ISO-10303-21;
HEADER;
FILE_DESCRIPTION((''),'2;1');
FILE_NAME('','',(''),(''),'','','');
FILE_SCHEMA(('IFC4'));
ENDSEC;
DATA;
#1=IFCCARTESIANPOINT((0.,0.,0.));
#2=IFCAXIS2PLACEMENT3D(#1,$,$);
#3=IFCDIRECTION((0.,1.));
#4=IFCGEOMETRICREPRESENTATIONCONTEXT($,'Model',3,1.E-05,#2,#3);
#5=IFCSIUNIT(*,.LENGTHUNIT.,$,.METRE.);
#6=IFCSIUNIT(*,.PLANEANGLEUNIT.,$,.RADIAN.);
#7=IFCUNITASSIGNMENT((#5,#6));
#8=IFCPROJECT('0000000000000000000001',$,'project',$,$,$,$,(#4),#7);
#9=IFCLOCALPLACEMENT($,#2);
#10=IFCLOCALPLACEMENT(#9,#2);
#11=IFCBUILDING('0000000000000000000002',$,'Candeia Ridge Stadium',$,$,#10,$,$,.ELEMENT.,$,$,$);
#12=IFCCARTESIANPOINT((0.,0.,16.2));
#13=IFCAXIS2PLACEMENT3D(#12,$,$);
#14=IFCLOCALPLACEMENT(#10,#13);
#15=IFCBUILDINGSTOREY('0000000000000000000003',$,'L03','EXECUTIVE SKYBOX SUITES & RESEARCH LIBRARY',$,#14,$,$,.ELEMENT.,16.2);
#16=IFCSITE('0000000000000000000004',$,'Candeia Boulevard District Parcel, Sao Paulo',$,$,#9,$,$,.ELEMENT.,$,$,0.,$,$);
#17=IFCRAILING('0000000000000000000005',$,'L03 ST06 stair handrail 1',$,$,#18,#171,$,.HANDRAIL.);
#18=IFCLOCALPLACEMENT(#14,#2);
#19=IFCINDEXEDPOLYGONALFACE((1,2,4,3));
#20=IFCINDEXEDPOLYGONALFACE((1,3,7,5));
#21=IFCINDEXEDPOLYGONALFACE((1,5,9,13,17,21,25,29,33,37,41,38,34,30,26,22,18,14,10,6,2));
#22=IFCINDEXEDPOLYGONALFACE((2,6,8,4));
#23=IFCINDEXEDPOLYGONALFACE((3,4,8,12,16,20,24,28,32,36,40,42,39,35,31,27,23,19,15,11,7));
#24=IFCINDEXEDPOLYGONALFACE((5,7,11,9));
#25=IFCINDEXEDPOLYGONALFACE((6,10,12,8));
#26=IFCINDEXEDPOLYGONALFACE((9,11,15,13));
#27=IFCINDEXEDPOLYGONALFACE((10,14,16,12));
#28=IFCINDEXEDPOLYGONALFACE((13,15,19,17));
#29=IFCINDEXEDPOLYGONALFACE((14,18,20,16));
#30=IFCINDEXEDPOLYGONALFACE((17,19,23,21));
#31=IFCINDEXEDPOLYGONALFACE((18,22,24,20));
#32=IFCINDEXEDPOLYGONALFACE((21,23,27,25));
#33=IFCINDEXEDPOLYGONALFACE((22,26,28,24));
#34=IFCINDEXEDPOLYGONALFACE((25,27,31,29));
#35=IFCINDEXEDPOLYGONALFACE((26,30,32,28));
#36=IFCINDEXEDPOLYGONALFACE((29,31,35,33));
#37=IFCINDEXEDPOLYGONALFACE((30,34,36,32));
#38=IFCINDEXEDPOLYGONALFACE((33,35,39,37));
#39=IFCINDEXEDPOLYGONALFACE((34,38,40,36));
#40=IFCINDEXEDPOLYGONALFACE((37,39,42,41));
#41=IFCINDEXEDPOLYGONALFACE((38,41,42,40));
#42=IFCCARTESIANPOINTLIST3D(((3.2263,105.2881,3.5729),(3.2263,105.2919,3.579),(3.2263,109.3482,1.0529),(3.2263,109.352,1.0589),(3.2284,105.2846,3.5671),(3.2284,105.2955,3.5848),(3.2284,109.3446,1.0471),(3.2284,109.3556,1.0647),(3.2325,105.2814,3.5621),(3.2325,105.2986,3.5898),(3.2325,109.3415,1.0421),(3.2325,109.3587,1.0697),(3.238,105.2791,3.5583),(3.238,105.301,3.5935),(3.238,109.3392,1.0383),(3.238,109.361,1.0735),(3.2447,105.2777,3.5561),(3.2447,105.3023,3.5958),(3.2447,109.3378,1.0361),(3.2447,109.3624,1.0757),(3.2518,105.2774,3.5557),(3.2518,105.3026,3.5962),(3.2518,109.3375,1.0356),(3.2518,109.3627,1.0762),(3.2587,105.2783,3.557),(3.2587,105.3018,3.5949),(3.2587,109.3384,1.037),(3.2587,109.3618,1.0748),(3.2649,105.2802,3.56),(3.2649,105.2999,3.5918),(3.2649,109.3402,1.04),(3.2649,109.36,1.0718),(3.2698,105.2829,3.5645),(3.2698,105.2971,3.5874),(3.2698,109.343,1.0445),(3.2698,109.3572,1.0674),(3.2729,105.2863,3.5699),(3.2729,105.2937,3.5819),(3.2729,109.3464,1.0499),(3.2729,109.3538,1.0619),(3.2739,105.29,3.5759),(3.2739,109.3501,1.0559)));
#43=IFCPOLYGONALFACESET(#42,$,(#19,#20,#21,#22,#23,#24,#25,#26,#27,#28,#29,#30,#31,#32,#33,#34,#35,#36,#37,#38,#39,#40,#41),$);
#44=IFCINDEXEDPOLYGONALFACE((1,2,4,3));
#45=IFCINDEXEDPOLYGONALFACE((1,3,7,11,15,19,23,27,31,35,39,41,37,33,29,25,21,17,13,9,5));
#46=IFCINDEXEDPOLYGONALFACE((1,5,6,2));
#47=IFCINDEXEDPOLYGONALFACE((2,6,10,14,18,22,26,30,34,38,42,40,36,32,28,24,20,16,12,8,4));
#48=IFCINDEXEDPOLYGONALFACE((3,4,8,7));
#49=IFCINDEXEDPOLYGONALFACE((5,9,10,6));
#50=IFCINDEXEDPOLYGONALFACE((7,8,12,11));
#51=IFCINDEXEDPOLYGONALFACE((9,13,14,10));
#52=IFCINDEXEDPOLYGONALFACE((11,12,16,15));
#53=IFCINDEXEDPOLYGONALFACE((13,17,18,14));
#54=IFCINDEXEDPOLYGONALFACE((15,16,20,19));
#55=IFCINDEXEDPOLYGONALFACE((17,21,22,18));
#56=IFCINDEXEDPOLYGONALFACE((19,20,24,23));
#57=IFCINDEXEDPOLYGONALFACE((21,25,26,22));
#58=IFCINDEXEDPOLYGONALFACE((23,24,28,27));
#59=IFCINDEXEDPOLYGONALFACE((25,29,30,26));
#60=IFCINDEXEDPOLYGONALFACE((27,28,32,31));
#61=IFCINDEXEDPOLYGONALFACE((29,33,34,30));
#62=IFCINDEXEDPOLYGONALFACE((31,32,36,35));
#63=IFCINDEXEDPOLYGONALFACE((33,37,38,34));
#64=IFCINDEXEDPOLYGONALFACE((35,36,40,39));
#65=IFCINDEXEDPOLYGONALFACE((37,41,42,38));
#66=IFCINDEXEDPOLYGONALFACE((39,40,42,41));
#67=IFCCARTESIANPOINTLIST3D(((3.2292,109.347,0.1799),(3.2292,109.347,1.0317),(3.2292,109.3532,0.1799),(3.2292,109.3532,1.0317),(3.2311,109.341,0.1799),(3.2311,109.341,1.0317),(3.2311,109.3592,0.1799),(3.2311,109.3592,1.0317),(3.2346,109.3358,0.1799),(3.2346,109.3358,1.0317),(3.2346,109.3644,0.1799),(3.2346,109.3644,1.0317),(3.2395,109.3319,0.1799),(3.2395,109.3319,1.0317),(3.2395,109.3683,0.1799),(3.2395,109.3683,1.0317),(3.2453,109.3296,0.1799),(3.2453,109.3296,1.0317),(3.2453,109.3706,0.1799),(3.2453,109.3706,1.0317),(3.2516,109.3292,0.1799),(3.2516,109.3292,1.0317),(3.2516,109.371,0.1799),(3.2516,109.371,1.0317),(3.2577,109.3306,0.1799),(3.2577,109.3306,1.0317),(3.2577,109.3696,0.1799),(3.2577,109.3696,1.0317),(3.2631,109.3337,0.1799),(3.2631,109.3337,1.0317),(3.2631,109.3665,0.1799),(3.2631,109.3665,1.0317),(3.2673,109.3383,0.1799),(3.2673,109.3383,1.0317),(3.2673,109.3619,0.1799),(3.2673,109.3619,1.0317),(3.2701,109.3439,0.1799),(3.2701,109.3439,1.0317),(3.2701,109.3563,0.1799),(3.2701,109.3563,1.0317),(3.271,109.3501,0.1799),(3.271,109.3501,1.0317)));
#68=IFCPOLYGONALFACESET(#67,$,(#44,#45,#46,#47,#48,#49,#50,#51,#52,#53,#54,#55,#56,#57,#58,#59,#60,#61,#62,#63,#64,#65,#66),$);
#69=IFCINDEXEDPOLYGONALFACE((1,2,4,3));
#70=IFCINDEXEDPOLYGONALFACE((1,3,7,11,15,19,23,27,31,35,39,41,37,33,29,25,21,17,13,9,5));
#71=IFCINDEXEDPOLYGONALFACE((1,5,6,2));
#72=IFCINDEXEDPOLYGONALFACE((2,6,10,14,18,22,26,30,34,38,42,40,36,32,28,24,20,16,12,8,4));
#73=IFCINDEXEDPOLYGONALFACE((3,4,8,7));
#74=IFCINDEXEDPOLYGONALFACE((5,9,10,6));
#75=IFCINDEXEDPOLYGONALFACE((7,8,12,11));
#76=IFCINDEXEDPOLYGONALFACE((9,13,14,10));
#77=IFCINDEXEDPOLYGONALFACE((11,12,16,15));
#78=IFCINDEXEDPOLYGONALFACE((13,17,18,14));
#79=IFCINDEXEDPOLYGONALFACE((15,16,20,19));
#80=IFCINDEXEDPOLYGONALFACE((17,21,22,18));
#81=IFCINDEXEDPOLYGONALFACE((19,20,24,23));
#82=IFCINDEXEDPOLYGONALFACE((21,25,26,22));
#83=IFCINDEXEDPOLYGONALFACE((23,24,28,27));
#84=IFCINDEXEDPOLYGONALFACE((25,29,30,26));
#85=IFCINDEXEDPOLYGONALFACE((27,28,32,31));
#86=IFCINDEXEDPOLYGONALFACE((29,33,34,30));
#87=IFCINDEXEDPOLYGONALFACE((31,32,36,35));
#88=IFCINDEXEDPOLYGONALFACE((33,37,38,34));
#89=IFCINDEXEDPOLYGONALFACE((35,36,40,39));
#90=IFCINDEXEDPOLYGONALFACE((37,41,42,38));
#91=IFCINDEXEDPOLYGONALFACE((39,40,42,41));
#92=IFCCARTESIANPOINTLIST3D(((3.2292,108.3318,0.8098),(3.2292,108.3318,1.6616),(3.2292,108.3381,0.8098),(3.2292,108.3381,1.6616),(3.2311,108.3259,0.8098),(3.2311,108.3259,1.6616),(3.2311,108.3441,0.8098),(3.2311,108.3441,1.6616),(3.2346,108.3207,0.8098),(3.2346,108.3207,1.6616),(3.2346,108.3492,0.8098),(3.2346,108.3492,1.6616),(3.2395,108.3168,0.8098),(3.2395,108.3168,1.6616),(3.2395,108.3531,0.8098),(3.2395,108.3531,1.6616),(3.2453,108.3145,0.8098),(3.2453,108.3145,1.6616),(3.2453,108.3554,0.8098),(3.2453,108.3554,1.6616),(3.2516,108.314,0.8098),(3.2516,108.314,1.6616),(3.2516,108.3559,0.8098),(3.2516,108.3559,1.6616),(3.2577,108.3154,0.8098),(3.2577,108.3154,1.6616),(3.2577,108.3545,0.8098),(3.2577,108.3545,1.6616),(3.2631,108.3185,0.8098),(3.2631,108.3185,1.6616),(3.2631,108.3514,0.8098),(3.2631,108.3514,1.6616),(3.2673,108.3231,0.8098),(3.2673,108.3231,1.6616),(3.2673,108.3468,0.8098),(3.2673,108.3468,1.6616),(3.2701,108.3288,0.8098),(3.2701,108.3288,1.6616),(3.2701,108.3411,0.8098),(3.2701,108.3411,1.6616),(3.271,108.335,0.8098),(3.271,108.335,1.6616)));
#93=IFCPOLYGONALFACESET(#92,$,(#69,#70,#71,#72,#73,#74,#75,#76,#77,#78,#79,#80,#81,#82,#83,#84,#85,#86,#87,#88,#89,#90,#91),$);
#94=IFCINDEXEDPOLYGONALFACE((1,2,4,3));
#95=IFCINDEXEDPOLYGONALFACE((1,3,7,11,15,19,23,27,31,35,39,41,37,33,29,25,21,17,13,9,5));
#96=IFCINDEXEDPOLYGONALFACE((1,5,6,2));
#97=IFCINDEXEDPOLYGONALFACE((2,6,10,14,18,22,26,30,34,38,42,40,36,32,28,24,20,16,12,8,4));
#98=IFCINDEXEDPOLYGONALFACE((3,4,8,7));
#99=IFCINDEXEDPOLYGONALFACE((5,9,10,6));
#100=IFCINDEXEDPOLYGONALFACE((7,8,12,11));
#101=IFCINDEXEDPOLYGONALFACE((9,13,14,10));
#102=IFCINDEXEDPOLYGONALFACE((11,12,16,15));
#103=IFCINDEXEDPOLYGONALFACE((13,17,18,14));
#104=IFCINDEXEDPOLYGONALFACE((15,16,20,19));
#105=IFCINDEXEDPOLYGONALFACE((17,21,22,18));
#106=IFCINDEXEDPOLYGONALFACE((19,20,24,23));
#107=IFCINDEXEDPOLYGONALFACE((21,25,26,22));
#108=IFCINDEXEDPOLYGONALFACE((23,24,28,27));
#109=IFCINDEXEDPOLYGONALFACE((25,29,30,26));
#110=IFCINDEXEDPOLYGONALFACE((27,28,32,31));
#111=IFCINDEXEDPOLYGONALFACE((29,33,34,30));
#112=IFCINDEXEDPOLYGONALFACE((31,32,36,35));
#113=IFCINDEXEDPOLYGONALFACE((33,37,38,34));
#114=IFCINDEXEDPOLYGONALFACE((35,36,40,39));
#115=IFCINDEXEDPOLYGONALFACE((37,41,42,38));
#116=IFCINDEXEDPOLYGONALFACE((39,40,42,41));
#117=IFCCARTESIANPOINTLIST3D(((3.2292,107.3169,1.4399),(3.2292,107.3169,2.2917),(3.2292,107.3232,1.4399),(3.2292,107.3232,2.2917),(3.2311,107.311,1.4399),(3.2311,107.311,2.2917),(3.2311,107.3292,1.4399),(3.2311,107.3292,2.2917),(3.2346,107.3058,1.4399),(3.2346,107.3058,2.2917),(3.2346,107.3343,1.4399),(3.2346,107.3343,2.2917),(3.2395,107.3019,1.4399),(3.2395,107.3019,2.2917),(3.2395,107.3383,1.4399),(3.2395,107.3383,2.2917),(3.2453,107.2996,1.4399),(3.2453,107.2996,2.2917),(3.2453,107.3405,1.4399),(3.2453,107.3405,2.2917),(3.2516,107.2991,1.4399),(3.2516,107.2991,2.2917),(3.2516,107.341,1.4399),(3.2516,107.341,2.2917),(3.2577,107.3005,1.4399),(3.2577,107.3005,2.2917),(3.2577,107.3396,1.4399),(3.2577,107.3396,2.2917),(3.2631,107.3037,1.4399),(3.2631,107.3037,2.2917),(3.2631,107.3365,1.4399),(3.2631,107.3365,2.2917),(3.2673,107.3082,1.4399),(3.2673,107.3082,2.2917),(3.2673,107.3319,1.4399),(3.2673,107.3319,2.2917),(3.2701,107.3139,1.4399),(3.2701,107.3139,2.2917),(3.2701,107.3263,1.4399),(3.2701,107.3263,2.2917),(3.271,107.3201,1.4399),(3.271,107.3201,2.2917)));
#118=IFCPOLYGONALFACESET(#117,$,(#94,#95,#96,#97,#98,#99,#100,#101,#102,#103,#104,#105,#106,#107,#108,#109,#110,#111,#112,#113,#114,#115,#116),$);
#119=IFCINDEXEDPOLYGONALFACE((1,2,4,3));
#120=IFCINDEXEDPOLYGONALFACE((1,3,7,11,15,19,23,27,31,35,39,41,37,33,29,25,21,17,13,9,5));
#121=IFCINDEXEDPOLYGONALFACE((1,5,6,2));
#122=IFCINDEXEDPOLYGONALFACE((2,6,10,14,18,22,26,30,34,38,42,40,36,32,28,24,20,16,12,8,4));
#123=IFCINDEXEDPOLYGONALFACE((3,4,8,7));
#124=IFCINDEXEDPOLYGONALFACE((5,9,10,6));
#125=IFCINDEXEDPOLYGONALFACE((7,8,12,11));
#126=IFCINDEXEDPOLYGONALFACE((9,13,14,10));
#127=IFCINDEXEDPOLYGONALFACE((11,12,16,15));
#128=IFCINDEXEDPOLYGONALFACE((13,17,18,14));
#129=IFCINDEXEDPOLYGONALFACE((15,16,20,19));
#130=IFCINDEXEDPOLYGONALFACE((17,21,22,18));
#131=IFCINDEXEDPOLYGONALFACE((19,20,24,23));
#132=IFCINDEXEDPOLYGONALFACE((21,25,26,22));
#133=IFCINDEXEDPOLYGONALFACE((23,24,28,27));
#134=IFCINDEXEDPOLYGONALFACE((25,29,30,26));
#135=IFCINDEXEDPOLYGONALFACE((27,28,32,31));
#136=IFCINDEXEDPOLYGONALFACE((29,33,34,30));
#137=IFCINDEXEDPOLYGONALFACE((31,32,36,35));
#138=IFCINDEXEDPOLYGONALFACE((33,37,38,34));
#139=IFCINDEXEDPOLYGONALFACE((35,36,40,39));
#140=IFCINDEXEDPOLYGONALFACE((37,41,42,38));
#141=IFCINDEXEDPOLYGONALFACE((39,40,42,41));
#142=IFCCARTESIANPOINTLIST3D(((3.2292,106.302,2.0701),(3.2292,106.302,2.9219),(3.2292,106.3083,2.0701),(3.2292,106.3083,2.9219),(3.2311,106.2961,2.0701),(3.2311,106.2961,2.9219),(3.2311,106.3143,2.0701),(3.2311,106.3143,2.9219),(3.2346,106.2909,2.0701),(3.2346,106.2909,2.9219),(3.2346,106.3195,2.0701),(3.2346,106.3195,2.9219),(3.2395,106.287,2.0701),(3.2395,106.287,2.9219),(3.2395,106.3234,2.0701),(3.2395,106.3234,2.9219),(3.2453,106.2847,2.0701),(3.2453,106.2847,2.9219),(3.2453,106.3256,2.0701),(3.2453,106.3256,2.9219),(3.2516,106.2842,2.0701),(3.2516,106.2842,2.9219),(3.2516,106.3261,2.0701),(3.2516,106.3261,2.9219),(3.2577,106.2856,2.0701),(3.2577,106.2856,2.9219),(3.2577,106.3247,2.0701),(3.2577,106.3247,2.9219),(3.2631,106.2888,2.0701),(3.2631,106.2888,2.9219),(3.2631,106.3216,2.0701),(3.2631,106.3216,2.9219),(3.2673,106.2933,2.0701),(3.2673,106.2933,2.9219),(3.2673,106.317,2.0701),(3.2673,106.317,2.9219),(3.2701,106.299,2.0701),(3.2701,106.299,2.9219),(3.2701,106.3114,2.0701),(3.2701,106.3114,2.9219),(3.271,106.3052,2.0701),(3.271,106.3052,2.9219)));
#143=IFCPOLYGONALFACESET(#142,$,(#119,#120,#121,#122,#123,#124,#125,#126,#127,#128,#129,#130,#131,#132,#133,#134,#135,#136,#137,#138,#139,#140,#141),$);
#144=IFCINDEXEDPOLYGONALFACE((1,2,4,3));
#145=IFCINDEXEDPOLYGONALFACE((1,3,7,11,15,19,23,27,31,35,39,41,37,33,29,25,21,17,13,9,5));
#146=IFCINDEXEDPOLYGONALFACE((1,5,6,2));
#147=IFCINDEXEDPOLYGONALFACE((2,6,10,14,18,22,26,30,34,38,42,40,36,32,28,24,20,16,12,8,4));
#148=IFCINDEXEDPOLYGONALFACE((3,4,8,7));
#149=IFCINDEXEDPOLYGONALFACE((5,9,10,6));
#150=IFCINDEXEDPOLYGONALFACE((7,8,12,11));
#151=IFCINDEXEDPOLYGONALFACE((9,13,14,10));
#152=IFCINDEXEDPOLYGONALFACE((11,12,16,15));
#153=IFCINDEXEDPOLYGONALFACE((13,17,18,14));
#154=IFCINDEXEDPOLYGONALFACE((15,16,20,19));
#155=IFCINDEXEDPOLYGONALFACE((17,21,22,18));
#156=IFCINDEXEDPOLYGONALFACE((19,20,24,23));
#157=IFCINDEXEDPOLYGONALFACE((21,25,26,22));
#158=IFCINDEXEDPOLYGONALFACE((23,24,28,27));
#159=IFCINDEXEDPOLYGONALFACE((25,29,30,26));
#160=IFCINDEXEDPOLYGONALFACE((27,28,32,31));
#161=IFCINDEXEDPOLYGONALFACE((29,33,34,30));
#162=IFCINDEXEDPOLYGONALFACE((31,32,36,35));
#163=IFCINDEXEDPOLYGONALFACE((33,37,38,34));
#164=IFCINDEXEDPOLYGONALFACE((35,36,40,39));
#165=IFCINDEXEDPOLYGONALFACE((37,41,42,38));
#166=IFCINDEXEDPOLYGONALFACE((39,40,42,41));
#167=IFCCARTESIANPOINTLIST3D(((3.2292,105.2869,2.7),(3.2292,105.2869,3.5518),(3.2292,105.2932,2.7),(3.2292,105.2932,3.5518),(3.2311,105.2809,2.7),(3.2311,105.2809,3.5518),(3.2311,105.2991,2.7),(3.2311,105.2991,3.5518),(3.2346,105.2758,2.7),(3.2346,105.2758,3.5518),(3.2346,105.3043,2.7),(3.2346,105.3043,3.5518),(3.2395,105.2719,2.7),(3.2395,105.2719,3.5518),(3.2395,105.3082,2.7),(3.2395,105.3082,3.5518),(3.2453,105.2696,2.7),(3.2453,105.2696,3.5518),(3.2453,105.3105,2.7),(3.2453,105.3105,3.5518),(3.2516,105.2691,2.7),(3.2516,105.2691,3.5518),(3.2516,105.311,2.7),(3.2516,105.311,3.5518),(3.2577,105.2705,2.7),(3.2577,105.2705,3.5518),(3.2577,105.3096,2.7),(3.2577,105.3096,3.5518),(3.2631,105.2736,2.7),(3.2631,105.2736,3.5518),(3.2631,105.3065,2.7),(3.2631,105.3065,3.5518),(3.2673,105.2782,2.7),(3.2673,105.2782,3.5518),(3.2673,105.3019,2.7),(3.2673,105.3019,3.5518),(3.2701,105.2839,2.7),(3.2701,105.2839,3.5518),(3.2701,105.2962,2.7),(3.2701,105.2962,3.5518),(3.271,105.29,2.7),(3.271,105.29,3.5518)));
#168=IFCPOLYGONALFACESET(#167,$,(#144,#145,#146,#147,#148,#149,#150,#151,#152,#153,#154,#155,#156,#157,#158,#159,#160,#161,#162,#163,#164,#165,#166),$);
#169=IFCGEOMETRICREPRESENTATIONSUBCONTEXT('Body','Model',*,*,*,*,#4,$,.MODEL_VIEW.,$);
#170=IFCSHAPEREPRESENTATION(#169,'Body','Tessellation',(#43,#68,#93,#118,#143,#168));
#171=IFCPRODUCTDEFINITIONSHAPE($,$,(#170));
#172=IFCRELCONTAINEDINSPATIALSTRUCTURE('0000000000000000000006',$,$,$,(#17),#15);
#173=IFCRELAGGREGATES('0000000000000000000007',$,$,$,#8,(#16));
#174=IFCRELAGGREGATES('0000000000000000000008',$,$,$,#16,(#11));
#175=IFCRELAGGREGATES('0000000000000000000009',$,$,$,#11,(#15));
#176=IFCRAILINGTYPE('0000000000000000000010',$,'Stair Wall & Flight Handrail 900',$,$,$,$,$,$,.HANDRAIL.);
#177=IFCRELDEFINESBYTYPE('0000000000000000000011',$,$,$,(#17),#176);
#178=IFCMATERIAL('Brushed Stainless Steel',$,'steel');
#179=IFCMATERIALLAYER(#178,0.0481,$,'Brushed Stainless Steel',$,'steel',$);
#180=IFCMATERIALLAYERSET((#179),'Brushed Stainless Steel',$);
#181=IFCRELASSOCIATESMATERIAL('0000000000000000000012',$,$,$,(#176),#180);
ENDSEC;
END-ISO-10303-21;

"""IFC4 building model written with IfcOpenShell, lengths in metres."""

from ifc_helpers import new_model, si_unit, direction, frame, origin, origin_2d, place, context, subcontext, project, spatial, circle, extrude, material, layer, layer_set, type_object, element, save


model = new_model("IFC4")

# Units and contexts
model_context = context("Model", 3, precision=1e-05, world=origin(), true_north=direction((0.0, 1.0)))
body_context = subcontext(model_context, "Body", "Model", "MODEL_VIEW")
ifc_project = project(units=[si_unit("LENGTHUNIT", "METRE"), si_unit("PLANEANGLEUNIT", "RADIAN")], contexts=[model_context])

# Site, building, storey
site_placement = place(None, origin())
site = spatial("IfcSite", under=ifc_project, at=site_placement, Name="Candeia Boulevard District Parcel, Sao Paulo", CompositionType="ELEMENT", RefElevation=0.0)
building_placement = place(site_placement, origin())
building = spatial("IfcBuilding", under=site, at=building_placement, Name="Candeia Ridge Stadium", CompositionType="ELEMENT")
storey_placement = place(building_placement, frame((0.0, 0.0, 16.2)))
storey = spatial("IfcBuildingStorey", under=building, at=storey_placement, Name="L03", Description="EXECUTIVE SKYBOX SUITES & RESEARCH LIBRARY", CompositionType="ELEMENT", Elevation=16.2)

# Railing
ifc_material_1 = material(Name="Brushed Stainless Steel", Category="steel")
ifc_layer_1 = layer(ifc_material_1, 0.0481, Name="Brushed Stainless Steel", Category="steel")
ifc_layer_set_1 = layer_set([ifc_layer_1], Name="Brushed Stainless Steel")
railing_type_1 = type_object("IfcRailingType", Name="Stair Wall & Flight Handrail 900", PredefinedType="HANDRAIL", material=ifc_layer_set_1)
railing_1_placement = place(storey_placement, frame((3.25, 109.3501, 0.1799)))
element("IfcRailing", 1, at=railing_1_placement, inside=storey, type_object=railing_type_1, Name="L03 ST06 stair handrail 1", PredefinedType="HANDRAIL", context=body_context, shape_type="SweptSolid", body=[
    extrude(circle(Radius=0.0239, at=origin_2d()), frame((0.0, 0.0, 0.876), z_axis=(0.0, -0.849642, 0.52736), x_axis=(1.0, 0.0, 0.0)), (0.0, 0.0, 1.0), 4.7786),
    extrude(circle(Radius=0.021, at=origin_2d()), origin(), (0.0, 0.0, 1.0), 0.8518),
    extrude(circle(Radius=0.021, at=origin_2d()), frame((0.0, -1.0151, 0.6299)), (0.0, 0.0, 1.0), 0.8518),
    extrude(circle(Radius=0.021, at=origin_2d()), frame((0.0, -2.03, 1.26)), (0.0, 0.0, 1.0), 0.8518),
    extrude(circle(Radius=0.021, at=origin_2d()), frame((0.0, -3.0449, 1.8901)), (0.0, 0.0, 1.0), 0.8518),
    extrude(circle(Radius=0.021, at=origin_2d()), frame((0.0, -4.0601, 2.52)), (0.0, 0.0, 1.0), 0.8518),
])

save(model, "model.ifc")
